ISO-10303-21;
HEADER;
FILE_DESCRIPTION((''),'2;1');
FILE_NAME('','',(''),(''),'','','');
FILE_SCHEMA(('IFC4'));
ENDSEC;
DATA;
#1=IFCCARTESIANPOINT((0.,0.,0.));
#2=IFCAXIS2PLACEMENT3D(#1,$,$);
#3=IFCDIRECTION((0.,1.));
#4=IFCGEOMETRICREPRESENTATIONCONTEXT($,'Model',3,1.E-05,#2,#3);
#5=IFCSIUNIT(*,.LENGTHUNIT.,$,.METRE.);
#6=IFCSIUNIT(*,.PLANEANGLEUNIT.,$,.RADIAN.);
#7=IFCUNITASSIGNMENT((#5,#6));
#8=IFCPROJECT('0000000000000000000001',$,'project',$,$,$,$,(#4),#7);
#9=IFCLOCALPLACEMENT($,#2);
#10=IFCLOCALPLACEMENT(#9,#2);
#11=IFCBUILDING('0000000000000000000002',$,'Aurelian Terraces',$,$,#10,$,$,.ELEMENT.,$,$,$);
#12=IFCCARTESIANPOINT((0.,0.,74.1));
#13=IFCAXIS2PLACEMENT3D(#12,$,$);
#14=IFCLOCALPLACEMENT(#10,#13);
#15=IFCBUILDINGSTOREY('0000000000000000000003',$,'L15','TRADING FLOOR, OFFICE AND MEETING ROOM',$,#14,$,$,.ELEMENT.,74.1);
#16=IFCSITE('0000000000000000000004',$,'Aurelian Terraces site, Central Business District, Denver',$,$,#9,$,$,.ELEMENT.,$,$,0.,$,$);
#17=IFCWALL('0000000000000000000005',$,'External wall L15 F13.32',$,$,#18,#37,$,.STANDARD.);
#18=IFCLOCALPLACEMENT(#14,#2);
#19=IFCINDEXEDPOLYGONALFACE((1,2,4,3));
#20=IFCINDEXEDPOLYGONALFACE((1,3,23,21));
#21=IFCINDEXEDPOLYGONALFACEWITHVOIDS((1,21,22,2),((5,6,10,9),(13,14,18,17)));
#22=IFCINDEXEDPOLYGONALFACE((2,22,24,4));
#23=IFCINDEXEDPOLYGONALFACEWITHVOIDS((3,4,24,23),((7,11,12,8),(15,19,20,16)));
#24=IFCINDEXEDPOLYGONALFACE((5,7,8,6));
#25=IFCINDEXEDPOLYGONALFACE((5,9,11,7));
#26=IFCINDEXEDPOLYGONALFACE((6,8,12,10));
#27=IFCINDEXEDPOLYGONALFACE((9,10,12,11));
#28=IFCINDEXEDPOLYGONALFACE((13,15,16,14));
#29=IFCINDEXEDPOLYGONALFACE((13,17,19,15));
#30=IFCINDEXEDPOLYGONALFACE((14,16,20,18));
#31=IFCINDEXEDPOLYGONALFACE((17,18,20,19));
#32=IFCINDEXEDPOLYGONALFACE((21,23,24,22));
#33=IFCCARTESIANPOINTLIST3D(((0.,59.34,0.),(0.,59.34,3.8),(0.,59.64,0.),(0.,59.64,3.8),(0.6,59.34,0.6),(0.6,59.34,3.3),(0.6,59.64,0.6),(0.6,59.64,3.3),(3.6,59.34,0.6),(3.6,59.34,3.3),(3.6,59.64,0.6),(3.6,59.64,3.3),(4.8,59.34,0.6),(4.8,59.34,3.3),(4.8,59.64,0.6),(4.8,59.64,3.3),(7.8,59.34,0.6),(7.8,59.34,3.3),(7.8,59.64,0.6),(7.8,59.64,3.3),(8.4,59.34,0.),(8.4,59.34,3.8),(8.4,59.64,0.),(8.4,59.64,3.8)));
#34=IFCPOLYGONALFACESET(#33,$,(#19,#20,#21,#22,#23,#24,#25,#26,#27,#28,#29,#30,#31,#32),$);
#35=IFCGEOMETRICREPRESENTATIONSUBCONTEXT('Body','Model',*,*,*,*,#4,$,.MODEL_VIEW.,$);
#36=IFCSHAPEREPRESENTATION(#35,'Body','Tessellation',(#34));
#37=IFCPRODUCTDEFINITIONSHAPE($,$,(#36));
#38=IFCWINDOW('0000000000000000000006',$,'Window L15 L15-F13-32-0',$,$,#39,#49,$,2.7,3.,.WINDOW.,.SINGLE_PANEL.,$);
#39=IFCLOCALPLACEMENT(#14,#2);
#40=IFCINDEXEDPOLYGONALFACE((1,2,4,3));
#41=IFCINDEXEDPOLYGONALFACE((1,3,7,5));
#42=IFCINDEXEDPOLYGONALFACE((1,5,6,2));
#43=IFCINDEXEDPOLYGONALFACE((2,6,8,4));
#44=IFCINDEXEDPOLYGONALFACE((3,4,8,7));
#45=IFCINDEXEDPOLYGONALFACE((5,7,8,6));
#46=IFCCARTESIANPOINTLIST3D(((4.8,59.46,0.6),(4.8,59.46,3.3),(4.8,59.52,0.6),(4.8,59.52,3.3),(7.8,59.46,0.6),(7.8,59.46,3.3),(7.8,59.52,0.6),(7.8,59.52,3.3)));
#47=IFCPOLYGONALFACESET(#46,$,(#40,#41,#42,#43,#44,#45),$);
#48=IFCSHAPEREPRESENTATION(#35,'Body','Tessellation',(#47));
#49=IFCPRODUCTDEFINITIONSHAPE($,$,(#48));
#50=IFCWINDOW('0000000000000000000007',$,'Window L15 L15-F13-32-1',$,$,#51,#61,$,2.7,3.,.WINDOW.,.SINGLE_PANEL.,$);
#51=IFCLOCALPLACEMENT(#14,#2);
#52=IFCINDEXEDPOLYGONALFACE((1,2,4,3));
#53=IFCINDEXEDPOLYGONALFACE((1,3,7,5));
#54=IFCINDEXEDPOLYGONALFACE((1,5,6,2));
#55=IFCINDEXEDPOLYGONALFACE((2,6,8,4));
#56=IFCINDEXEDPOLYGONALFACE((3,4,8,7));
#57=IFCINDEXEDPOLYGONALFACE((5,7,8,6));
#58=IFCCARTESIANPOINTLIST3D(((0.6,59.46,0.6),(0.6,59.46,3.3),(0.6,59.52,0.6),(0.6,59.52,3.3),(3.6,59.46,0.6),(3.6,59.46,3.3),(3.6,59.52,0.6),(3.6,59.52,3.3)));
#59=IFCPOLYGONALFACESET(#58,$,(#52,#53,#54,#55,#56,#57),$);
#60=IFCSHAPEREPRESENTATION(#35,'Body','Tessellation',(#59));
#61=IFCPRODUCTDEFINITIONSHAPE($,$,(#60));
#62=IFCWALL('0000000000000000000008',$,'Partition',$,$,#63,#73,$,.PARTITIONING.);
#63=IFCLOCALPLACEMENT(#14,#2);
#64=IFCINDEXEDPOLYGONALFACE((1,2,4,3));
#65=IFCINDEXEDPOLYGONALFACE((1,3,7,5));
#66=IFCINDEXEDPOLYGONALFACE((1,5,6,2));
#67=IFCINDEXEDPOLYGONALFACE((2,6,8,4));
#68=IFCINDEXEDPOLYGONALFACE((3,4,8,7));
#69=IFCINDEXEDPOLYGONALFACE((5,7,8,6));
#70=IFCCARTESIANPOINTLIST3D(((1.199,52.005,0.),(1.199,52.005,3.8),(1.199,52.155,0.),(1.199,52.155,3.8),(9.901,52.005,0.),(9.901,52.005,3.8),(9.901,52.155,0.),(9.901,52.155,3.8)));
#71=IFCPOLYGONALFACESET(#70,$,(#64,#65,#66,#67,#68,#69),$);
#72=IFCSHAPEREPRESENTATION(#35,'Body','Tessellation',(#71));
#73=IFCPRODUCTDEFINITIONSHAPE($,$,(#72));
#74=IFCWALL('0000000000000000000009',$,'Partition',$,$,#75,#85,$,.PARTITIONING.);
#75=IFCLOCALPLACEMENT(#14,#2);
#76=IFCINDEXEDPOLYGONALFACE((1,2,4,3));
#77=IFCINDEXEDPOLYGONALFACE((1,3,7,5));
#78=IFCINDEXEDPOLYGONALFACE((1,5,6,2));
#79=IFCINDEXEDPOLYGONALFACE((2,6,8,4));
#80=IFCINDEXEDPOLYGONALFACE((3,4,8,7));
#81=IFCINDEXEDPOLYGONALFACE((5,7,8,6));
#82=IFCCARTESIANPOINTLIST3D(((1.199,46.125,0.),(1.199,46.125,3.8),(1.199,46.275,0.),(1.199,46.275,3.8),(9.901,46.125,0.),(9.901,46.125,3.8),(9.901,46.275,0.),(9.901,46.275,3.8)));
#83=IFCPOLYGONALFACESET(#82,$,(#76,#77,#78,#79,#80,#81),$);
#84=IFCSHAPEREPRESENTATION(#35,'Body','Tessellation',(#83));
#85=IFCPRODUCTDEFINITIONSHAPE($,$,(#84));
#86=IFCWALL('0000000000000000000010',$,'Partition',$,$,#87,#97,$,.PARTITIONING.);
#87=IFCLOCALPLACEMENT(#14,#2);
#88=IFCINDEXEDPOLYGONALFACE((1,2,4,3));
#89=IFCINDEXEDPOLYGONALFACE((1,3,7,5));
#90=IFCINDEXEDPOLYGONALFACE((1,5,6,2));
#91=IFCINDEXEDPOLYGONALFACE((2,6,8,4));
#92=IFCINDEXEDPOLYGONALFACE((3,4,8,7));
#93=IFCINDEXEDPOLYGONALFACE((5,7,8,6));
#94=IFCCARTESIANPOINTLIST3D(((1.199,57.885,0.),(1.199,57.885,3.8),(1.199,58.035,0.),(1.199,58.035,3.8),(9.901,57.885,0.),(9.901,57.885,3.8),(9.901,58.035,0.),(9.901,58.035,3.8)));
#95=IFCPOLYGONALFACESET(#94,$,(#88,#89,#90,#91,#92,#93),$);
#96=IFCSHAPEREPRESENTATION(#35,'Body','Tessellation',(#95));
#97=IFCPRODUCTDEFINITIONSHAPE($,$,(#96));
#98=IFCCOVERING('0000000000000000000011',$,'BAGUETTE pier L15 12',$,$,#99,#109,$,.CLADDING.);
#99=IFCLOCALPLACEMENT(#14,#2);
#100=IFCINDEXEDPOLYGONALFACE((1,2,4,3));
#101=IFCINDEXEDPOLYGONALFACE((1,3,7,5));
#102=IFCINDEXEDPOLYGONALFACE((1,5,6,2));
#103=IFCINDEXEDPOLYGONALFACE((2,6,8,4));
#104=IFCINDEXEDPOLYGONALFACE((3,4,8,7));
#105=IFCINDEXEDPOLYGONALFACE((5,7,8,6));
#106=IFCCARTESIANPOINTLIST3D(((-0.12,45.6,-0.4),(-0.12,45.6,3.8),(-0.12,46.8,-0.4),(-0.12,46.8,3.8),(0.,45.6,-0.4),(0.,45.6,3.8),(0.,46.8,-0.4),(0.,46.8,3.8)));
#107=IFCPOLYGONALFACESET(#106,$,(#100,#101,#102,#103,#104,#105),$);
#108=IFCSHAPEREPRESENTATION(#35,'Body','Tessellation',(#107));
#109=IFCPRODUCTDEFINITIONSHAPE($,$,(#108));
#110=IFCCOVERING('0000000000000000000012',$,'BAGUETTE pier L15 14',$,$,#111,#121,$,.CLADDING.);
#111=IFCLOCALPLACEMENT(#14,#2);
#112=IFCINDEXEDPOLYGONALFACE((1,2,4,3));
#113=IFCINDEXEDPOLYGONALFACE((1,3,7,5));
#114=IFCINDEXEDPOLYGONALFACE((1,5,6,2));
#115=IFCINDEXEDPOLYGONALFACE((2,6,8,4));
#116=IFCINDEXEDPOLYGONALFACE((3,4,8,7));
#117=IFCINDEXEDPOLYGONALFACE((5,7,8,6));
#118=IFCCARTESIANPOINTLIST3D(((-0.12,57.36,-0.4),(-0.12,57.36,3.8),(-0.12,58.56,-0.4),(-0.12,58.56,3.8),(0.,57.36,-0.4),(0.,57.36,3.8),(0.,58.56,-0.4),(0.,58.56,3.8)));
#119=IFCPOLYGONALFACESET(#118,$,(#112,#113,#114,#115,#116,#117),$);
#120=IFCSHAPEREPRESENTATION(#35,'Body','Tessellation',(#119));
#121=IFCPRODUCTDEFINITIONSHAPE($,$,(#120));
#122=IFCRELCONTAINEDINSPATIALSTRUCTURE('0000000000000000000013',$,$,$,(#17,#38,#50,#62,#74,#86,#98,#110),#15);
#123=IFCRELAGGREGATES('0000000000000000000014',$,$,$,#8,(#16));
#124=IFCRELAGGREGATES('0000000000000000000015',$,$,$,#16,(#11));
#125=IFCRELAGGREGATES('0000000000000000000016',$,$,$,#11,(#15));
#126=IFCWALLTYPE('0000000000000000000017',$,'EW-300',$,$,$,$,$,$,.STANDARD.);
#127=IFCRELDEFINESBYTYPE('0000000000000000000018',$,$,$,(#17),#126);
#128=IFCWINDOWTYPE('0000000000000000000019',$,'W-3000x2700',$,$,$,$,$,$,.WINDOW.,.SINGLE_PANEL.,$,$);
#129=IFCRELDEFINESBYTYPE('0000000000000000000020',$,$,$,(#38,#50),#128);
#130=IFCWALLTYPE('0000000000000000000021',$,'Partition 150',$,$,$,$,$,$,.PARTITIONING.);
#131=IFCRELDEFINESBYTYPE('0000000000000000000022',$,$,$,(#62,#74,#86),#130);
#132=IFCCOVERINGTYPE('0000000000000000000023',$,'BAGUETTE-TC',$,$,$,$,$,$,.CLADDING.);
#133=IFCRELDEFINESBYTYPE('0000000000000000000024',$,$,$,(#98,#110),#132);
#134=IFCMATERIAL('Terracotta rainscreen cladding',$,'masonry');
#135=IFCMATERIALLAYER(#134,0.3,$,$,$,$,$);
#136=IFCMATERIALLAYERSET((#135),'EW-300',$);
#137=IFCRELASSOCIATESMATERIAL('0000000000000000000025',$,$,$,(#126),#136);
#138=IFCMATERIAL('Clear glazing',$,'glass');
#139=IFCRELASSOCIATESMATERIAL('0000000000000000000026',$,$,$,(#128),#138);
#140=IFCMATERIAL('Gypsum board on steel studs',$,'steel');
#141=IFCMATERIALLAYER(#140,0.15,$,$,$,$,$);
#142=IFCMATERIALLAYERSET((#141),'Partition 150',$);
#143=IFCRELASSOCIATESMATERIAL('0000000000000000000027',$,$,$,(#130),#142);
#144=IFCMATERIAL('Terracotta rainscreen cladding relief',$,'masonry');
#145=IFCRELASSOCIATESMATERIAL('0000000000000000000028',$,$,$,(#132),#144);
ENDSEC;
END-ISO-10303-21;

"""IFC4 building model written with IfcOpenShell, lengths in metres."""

from ifc_helpers import new_model, si_unit, direction, frame, frame_2d, origin, origin_2d, place, context, subcontext, project, spatial, rectangle, extrude, source, transform, mapped, material, layer, layer_set, type_object, element, fill, save


model = new_model("IFC4")

# Units and contexts
model_context = context("Model", 3, precision=1e-05, world=origin(), true_north=direction((0.0, 1.0)))
body_context = subcontext(model_context, "Body", "Model", "MODEL_VIEW")
ifc_project = project(units=[si_unit("LENGTHUNIT", "METRE"), si_unit("PLANEANGLEUNIT", "RADIAN")], contexts=[model_context])

# Site, building, storey
site_placement = place(None, origin())
site = spatial("IfcSite", under=ifc_project, at=site_placement, Name="Aurelian Terraces site, Central Business District, Denver", CompositionType="ELEMENT", RefElevation=0.0)
building_placement = place(site_placement, origin())
building = spatial("IfcBuilding", under=site, at=building_placement, Name="Aurelian Terraces", CompositionType="ELEMENT")
storey_placement = place(building_placement, frame((0.0, 0.0, 74.1)))
storey = spatial("IfcBuildingStorey", under=building, at=storey_placement, Name="L15", Description="TRADING FLOOR, OFFICE AND MEETING ROOM", CompositionType="ELEMENT", Elevation=74.1)

# Shared definitions
ifc_material_1 = material(Name="Terracotta rainscreen cladding", Category="masonry")
ifc_layer_1 = layer(ifc_material_1, 0.3)
ifc_layer_set_1 = layer_set([ifc_layer_1], Name="EW-300")
wall_type_1 = type_object("IfcWallType", Name="EW-300", PredefinedType="STANDARD", material=ifc_layer_set_1)

# Shared definitions
ifc_material_2 = material(Name="Clear glazing", Category="glass")

# Shared definitions
shared_shape_1 = source(origin(), body_context, "Body", "SweptSolid", [
    extrude(rectangle(XDim=3.0, YDim=2.7, at=frame_2d((1.5, 1.35))), frame((0.0, 0.16, 0.0), z_axis=(0.0, -1.0, 0.0), x_axis=(1.0, 0.0, 0.0)), (0.0, 0.0, 1.0), 0.32),
])
window_type_1 = type_object("IfcWindowType", Name="W-3000x2700", PartitioningType="SINGLE_PANEL", PredefinedType="WINDOW", material=ifc_material_2)
shared_shape_2 = source(origin(), body_context, "Body", "SweptSolid", [
    extrude(rectangle(XDim=3.0, YDim=2.7, at=frame_2d((1.5, 1.35))), frame((0.0, 0.03, 0.0), z_axis=(0.0, -1.0, 0.0), x_axis=(1.0, 0.0, 0.0)), (0.0, 0.0, 1.0), 0.06),
])

# Wall, openings, windows
shared_shape_3 = source(origin(), body_context, "Body", "SweptSolid", [
    extrude(rectangle(XDim=8.4, YDim=0.3, at=frame_2d((4.2, 0.0))), origin(), (0.0, 0.0, 1.0), 3.8),
])
wall_1_placement = place(storey_placement, frame((8.4, 59.49, 0.0), z_axis=(0.0, 0.0, 1.0), x_axis=(-1.0, 0.0, 0.0)))
wall_1 = element("IfcWall", 1, at=wall_1_placement, inside=storey, type_object=wall_type_1, Name="External wall L15 F13.32", PredefinedType="STANDARD", context=body_context, shape_type="MappedRepresentation", body=[
    mapped(shared_shape_3, transform((0.0, 0.0, 0.0), scale=1.0)),
])
opening_1_placement = place(wall_1_placement, frame((0.6, 0.0, 0.6)))
opening_1 = element("IfcOpeningElement", 2, at=opening_1_placement, cuts=wall_1, PredefinedType="OPENING", context=body_context, shape_type="MappedRepresentation", body=[
    mapped(shared_shape_1, transform((0.0, 0.0, 0.0), scale=1.0)),
])
opening_2_placement = place(wall_1_placement, frame((4.8, 0.0, 0.6)))
opening_2 = element("IfcOpeningElement", 3, at=opening_2_placement, cuts=wall_1, PredefinedType="OPENING", context=body_context, shape_type="MappedRepresentation", body=[
    mapped(shared_shape_1, transform((0.0, 0.0, 0.0), scale=1.0)),
])
window_1_placement = place(opening_1_placement, origin())
window_1 = element("IfcWindow", 4, at=window_1_placement, inside=storey, type_object=window_type_1, Name="Window L15 L15-F13-32-0", OverallHeight=2.7, OverallWidth=3.0, PartitioningType="SINGLE_PANEL", PredefinedType="WINDOW", context=body_context, shape_type="MappedRepresentation", body=[
    mapped(shared_shape_2, transform((0.0, 0.0, 0.0), scale=1.0)),
])
fill(opening_1, window_1)
window_2_placement = place(opening_2_placement, origin())
window_2 = element("IfcWindow", 5, at=window_2_placement, inside=storey, type_object=window_type_1, Name="Window L15 L15-F13-32-1", OverallHeight=2.7, OverallWidth=3.0, PartitioningType="SINGLE_PANEL", PredefinedType="WINDOW", context=body_context, shape_type="MappedRepresentation", body=[
    mapped(shared_shape_2, transform((0.0, 0.0, 0.0), scale=1.0)),
])
fill(opening_2, window_2)

# Walls
ifc_material_3 = material(Name="Gypsum board on steel studs", Category="steel")
ifc_layer_2 = layer(ifc_material_3, 0.15)
ifc_layer_set_2 = layer_set([ifc_layer_2], Name="Partition 150")
wall_type_2 = type_object("IfcWallType", Name="Partition 150", PredefinedType="PARTITIONING", material=ifc_layer_set_2)
shared_shape_4 = source(origin(), body_context, "Body", "SweptSolid", [
    extrude(rectangle(XDim=8.702, YDim=0.15, at=frame_2d((4.351, 0.0))), origin(), (0.0, 0.0, 1.0), 3.8),
])
for number, where, z_axis, x_axis, name in (
    (6, (9.901, 52.08, 0.0), (0.0, 0.0, 1.0), (-1.0, 0.0, 0.0), "Partition"),
    (7, (9.901, 46.2, 0.0), (0.0, 0.0, 1.0), (-1.0, 0.0, 0.0), "Partition"),
    (8, (9.901, 57.96, 0.0), (0.0, 0.0, 1.0), (-1.0, 0.0, 0.0), "Partition"),
):
    element("IfcWall", number, at=place(storey_placement, frame(where, z_axis=z_axis, x_axis=x_axis)), inside=storey, type_object=wall_type_2, Name=name, PredefinedType="PARTITIONING", context=body_context, shape_type="MappedRepresentation", body=[
        mapped(shared_shape_4, transform((0.0, 0.0, 0.0), scale=1.0)),
    ])

# Coverings
ifc_material_4 = material(Name="Terracotta rainscreen cladding relief", Category="masonry")
covering_type = type_object("IfcCoveringType", Name="BAGUETTE-TC", PredefinedType="CLADDING", material=ifc_material_4)
shared_shape_5 = source(origin(), body_context, "Body", "SweptSolid", [
    extrude(rectangle(XDim=0.12, YDim=1.2, at=origin_2d()), origin(), (0.0, 0.0, 1.0), 4.2),
])
for number, where, z_axis, x_axis, name in (
    (9, (-0.06, 46.2, -0.4), (0.0, 0.0, 1.0), (1.0, 0.0, 0.0), "BAGUETTE pier L15 12"),
    (10, (-0.06, 57.96, -0.4), (0.0, 0.0, 1.0), (1.0, 0.0, 0.0), "BAGUETTE pier L15 14"),
):
    element("IfcCovering", number, at=place(storey_placement, frame(where, z_axis=z_axis, x_axis=x_axis)), inside=storey, type_object=covering_type, Name=name, PredefinedType="CLADDING", context=body_context, shape_type="MappedRepresentation", body=[
        mapped(shared_shape_5, transform((0.0, 0.0, 0.0), scale=1.0)),
    ])

save(model, "model.ifc")
